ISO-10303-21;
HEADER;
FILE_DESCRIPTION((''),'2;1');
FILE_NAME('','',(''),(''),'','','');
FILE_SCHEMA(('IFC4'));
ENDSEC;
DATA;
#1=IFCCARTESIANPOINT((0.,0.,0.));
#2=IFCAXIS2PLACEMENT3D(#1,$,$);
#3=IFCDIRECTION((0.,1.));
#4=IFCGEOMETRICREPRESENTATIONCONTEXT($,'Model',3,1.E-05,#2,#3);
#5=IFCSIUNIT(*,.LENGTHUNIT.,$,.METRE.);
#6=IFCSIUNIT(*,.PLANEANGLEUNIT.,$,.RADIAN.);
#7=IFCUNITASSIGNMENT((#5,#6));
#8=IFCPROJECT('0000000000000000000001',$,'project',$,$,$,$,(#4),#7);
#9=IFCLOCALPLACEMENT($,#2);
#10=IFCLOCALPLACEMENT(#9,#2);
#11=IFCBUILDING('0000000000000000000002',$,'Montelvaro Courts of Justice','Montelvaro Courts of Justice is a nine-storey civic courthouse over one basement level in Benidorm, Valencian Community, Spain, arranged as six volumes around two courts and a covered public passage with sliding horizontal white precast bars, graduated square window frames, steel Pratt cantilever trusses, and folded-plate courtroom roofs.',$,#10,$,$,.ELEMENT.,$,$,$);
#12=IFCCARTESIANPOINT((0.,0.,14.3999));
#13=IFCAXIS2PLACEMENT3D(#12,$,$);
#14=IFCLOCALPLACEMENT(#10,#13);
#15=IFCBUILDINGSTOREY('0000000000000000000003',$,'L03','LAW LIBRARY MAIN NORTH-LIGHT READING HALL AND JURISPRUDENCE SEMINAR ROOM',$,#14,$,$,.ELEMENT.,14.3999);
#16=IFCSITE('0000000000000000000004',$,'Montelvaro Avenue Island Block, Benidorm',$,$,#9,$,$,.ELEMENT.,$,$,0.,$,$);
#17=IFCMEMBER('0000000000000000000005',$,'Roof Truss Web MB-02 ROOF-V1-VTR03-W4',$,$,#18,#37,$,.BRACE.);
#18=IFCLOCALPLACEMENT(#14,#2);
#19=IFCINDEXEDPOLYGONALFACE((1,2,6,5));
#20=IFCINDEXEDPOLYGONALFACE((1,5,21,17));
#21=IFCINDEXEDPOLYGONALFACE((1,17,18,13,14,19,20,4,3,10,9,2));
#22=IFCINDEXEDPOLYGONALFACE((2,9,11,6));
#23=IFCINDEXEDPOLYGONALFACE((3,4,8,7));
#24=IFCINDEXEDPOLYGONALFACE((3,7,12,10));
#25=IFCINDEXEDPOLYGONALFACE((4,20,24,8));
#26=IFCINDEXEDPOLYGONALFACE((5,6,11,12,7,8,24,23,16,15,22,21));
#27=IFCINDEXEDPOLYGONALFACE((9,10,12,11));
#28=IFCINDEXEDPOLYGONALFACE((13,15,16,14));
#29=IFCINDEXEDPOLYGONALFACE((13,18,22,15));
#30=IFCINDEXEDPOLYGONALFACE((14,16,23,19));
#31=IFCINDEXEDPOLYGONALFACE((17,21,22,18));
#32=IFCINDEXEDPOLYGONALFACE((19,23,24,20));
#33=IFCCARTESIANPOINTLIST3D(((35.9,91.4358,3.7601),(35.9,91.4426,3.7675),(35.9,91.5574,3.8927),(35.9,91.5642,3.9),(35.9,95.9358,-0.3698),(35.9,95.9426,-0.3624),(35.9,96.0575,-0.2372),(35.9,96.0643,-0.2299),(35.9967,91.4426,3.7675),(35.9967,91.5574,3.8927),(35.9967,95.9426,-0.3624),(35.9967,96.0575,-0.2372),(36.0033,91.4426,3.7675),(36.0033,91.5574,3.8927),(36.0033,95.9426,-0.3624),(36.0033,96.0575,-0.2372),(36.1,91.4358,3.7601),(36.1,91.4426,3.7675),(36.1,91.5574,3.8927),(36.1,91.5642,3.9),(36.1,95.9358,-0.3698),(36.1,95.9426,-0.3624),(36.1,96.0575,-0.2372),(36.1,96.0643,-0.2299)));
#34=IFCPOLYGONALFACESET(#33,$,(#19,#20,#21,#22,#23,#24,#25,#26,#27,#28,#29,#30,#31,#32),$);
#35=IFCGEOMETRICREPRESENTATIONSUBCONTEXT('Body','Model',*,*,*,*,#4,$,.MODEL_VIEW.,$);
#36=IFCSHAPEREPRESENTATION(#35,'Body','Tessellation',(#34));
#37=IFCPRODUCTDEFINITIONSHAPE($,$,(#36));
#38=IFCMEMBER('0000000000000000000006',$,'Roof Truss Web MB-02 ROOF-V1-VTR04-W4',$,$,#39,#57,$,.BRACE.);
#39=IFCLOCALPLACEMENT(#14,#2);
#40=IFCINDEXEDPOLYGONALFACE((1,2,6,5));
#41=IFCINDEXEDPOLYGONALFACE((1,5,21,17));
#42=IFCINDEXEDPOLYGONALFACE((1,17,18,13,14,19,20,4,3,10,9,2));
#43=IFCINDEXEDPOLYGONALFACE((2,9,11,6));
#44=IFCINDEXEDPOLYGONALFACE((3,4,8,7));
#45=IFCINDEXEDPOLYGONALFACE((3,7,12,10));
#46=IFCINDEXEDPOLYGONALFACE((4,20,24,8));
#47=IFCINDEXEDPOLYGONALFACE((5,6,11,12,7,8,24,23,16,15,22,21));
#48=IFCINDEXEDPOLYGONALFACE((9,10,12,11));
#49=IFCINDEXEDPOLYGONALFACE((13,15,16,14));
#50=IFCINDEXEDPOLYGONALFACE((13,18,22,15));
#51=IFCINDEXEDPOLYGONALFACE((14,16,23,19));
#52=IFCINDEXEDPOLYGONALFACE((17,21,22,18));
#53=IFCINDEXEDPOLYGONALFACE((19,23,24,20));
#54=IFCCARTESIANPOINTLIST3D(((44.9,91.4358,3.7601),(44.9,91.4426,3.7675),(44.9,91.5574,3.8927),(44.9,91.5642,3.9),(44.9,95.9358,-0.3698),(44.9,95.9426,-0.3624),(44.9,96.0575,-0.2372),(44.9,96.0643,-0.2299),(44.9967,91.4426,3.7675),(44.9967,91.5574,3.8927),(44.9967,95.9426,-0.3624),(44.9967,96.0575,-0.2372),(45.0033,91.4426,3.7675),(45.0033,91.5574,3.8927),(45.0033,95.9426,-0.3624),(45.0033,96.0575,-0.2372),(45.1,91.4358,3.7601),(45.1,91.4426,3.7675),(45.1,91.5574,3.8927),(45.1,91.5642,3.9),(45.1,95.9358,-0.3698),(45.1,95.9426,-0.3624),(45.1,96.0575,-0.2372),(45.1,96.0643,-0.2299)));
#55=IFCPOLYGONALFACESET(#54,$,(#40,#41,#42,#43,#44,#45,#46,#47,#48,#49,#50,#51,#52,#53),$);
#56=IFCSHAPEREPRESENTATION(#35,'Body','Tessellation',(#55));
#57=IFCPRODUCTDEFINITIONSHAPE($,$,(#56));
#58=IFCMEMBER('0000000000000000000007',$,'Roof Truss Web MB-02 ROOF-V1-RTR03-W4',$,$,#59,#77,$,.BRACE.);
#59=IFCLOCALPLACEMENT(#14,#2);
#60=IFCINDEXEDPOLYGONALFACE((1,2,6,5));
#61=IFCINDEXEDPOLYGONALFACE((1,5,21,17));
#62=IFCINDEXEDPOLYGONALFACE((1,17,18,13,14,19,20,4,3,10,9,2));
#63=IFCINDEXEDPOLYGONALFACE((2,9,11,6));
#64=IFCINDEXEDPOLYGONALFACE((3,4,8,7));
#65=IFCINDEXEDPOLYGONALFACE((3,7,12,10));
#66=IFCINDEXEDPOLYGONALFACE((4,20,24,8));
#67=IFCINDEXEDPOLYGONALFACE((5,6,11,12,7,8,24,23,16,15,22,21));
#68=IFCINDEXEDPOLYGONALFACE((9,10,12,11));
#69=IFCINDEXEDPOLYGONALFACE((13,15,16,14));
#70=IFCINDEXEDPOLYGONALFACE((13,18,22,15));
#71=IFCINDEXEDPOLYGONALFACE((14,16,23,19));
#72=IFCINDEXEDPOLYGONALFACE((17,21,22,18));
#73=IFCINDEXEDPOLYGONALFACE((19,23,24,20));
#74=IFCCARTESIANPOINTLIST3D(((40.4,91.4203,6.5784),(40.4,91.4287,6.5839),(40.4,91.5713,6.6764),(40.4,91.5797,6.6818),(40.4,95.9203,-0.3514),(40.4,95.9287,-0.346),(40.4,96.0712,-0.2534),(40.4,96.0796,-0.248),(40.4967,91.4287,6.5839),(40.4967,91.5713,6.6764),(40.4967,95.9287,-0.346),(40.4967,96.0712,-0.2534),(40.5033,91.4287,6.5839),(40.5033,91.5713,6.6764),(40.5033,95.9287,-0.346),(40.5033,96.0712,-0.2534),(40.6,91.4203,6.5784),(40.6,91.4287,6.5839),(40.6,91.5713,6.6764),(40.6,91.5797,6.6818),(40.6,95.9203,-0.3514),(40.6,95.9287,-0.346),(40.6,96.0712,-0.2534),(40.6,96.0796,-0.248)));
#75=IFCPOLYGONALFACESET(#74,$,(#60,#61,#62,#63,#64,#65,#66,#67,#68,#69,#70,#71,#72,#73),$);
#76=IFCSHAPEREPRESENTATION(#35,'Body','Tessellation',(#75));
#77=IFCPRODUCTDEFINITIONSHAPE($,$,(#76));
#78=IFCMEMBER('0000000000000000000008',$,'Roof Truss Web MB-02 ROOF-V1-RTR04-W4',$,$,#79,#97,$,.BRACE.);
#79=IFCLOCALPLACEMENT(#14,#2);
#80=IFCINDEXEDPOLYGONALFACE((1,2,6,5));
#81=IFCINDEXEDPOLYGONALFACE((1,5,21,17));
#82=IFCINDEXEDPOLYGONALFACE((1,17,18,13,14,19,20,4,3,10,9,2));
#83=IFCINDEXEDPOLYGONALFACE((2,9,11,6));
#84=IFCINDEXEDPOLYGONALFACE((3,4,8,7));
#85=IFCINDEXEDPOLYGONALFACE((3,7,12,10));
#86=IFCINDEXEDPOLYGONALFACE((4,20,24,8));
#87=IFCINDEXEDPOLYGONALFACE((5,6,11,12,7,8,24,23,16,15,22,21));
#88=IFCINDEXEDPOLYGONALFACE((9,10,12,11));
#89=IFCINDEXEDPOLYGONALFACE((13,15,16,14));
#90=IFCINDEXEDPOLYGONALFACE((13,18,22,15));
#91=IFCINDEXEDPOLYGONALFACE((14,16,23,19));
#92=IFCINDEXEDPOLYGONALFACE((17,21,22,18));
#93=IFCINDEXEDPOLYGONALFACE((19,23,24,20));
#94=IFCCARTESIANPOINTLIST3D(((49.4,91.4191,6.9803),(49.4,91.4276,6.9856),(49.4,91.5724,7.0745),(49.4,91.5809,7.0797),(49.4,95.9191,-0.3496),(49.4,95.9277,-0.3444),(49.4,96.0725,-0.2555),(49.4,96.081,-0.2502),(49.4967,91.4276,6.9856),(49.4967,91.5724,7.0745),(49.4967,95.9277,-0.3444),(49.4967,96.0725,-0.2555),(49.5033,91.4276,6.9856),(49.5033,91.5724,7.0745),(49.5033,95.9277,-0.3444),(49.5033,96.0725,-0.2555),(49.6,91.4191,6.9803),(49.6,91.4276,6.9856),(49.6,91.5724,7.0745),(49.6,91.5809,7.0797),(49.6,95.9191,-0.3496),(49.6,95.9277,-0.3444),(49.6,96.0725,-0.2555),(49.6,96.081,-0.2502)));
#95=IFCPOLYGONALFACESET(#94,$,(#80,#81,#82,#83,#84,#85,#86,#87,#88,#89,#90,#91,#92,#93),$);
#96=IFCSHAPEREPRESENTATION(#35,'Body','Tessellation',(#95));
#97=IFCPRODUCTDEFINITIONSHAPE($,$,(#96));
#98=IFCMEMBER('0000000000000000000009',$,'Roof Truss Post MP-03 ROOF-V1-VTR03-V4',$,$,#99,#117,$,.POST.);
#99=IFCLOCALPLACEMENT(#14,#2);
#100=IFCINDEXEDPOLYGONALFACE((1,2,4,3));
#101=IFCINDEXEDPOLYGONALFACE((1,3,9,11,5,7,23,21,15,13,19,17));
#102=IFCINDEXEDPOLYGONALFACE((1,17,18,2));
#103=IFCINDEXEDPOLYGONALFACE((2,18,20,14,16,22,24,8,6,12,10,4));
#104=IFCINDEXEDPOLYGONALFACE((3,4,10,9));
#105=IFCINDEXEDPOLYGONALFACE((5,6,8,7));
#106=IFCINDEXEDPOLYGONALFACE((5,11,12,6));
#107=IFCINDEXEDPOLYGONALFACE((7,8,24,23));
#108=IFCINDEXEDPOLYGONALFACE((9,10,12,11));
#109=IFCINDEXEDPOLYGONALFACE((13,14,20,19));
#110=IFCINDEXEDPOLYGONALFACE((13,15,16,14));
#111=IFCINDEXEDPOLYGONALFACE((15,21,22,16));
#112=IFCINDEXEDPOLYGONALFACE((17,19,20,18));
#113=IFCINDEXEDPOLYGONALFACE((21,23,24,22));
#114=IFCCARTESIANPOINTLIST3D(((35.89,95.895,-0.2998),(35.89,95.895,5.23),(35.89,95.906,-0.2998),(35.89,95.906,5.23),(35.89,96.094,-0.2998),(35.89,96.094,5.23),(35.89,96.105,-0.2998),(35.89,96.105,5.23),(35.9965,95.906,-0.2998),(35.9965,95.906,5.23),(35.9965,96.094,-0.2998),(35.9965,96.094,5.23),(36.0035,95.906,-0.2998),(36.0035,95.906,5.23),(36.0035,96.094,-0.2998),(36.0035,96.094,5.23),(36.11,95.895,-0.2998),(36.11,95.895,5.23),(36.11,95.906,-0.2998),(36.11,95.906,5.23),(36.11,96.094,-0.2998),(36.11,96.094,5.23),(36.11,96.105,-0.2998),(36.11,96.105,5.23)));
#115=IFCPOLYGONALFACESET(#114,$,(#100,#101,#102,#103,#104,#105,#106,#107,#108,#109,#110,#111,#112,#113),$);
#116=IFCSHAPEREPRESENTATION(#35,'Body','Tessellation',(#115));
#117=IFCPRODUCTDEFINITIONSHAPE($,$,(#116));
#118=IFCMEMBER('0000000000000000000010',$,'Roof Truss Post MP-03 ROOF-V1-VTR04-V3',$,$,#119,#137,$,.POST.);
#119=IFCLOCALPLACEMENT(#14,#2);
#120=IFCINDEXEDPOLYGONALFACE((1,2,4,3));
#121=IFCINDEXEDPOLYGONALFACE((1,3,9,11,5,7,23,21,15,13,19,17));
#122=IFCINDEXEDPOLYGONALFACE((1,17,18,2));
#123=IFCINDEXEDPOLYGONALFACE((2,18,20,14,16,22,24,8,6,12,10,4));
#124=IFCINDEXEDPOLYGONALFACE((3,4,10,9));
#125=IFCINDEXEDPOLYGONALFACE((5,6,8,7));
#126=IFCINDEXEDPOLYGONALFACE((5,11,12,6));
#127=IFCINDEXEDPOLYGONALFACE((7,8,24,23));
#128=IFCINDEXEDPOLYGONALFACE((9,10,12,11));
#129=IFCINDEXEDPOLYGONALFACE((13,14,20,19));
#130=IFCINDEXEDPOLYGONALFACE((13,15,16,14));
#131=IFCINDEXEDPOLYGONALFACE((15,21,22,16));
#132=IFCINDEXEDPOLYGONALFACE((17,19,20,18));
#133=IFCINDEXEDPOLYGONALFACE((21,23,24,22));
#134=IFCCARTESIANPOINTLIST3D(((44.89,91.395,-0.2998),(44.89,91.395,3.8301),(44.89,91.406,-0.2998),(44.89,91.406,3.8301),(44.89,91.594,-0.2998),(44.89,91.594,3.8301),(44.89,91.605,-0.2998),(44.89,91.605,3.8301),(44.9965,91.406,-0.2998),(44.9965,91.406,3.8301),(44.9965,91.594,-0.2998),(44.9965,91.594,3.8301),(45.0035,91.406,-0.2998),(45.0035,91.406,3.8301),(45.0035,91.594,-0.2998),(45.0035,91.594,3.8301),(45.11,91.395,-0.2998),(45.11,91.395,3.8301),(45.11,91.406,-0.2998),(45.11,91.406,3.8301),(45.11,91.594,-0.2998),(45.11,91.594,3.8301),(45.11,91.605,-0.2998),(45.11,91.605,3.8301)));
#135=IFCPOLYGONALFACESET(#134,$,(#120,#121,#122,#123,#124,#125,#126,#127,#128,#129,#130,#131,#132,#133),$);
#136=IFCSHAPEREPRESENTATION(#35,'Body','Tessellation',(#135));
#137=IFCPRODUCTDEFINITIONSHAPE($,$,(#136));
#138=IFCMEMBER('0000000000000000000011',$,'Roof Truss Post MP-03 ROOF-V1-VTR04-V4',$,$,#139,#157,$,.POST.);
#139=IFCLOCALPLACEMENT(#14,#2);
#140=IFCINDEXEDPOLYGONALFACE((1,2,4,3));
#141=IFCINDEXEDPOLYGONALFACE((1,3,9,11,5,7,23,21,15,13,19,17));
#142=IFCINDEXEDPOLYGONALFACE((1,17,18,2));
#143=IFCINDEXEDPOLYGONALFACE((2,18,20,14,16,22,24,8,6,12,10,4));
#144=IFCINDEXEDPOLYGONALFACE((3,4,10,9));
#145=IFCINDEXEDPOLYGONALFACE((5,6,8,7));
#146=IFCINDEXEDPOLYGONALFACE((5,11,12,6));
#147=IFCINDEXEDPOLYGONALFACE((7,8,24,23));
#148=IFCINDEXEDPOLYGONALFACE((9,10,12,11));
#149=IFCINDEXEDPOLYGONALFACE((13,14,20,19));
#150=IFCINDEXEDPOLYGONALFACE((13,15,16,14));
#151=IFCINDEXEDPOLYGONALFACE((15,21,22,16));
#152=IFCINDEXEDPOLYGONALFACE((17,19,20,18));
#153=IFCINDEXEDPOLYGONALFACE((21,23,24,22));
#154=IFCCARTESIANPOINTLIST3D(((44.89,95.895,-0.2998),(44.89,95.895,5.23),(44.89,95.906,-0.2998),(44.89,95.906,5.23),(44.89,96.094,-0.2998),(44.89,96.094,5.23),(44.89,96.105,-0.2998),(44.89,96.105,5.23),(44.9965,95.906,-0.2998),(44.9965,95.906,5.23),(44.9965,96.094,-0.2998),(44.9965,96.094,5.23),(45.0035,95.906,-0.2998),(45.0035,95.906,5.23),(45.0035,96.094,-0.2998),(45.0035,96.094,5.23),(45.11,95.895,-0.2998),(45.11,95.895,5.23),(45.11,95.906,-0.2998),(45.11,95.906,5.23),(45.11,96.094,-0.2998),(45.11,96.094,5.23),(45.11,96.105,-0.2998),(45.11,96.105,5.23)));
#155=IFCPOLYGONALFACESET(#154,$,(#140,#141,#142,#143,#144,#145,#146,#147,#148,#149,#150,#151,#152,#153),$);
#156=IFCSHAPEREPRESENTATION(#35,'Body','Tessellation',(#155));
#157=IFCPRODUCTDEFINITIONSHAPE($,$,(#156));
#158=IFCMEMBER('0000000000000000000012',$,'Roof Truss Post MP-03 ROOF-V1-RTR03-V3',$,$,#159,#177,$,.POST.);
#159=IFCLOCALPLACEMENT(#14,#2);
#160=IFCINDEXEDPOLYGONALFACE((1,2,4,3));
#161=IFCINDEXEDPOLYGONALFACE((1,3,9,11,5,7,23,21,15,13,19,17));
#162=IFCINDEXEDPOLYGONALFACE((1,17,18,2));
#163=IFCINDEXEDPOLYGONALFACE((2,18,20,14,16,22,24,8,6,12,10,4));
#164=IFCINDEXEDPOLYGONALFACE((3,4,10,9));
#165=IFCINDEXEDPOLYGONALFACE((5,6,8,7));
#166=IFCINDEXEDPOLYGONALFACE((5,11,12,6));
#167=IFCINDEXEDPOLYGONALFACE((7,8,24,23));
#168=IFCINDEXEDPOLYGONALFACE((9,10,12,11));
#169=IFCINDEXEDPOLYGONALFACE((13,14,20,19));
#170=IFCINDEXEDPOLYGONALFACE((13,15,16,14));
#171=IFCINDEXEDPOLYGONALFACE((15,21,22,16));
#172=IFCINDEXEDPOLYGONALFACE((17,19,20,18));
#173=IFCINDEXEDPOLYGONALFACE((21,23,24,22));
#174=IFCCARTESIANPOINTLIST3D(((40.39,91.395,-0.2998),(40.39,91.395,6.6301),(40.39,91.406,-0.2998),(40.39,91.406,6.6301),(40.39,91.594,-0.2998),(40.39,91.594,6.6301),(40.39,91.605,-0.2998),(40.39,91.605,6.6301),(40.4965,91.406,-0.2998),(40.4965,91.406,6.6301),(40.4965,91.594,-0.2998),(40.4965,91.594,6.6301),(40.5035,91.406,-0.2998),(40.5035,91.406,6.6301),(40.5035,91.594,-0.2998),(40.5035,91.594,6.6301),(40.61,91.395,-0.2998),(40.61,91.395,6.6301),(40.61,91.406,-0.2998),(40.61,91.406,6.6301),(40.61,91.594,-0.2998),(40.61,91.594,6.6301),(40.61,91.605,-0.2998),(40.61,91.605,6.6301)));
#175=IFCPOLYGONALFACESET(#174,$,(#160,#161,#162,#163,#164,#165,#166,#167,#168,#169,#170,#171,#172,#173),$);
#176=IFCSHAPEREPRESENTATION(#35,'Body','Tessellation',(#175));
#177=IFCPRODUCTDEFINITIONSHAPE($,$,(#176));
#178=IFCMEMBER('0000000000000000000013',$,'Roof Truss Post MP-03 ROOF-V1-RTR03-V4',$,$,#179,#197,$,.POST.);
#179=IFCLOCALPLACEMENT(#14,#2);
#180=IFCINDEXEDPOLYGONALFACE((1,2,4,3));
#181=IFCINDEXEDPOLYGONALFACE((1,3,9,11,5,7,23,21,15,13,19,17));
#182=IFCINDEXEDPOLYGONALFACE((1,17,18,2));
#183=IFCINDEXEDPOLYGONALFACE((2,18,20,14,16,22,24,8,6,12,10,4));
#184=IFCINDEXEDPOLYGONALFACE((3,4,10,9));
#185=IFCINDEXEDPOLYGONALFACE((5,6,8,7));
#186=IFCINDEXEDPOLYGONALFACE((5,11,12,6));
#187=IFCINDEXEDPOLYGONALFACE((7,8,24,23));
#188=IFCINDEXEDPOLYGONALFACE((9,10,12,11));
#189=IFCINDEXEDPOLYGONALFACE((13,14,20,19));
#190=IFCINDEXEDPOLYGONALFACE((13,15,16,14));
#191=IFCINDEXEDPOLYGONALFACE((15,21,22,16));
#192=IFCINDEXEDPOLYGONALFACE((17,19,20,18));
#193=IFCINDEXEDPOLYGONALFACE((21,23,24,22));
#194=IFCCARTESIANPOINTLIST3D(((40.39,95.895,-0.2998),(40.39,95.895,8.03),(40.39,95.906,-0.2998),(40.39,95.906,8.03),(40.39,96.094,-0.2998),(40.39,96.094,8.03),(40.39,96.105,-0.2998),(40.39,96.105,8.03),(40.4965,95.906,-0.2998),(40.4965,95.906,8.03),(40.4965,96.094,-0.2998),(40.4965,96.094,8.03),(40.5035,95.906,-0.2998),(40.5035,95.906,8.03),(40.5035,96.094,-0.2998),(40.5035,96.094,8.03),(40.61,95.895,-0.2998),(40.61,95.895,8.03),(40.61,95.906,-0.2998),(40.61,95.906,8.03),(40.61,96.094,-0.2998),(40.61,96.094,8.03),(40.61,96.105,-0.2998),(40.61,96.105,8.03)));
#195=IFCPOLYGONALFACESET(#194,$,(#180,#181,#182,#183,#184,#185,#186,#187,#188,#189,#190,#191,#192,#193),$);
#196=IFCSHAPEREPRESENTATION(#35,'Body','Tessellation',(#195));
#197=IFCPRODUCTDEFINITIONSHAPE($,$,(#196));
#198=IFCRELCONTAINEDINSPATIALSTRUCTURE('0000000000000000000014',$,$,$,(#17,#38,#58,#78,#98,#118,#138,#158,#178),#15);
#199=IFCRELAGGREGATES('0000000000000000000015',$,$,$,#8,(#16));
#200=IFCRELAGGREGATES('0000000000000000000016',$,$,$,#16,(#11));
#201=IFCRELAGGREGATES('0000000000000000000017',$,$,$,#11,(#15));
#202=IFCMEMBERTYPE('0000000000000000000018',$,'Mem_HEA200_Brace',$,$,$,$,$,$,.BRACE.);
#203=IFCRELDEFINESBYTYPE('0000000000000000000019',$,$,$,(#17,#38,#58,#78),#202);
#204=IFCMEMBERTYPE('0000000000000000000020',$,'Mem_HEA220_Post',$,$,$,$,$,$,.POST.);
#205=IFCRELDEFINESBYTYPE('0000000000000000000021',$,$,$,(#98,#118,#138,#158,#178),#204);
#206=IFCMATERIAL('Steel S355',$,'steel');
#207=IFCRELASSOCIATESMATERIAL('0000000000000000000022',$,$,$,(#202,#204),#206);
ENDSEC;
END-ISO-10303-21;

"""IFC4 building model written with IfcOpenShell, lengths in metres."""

from ifc_helpers import new_model, si_unit, direction, frame, origin, origin_2d, place, context, subcontext, project, spatial, i_section, extrude, material, material_profile, profile_set, type_object, element, save


model = new_model("IFC4")

# Units and contexts
model_context = context("Model", 3, precision=1e-05, world=origin(), true_north=direction((0.0, 1.0)))
body_context = subcontext(model_context, "Body", "Model", "MODEL_VIEW")
ifc_project = project(units=[si_unit("LENGTHUNIT", "METRE"), si_unit("PLANEANGLEUNIT", "RADIAN")], contexts=[model_context])

# Site, building, storey
site_placement = place(None, origin())
site = spatial("IfcSite", under=ifc_project, at=site_placement, Name="Montelvaro Avenue Island Block, Benidorm", CompositionType="ELEMENT", RefElevation=0.0)
building_placement = place(site_placement, origin())
building = spatial("IfcBuilding", under=site, at=building_placement, Name="Montelvaro Courts of Justice", Description="Montelvaro Courts of Justice is a nine-storey civic courthouse over one basement level in Benidorm, Valencian Community, Spain, arranged as six volumes around two courts and a covered public passage with sliding horizontal white precast bars, graduated square window frames, steel Pratt cantilever trusses, and folded-plate courtroom roofs.", CompositionType="ELEMENT")
storey_placement = place(building_placement, frame((0.0, 0.0, 14.3999)))
storey = spatial("IfcBuildingStorey", under=building, at=storey_placement, Name="L03", Description="LAW LIBRARY MAIN NORTH-LIGHT READING HALL AND JURISPRUDENCE SEMINAR ROOM", CompositionType="ELEMENT", Elevation=14.3999)

# Members
ifc_material_1 = material(Name="Steel S355", Category="steel")
ifc_material_profile_1 = material_profile(ifc_material_1, i_section(OverallWidth=0.2, OverallDepth=0.1899, WebThickness=0.0066, FlangeThickness=0.01, at=origin_2d()), Name="HEA 200")
ifc_profile_set_1 = profile_set([ifc_material_profile_1], Name="Steel S355")
member_type_1 = type_object("IfcMemberType", Name="Mem_HEA200_Brace", PredefinedType="BRACE", material=ifc_profile_set_1)
for number, where, z_axis, x_axis, name in (
    (1, (36.0, 91.5, 3.8301), (0.0, 0.736756, -0.676159), (-1.0, 0.0, 0.0), "Roof Truss Web MB-02 ROOF-V1-VTR03-W4"),
    (2, (45.0, 91.5, 3.8301), (0.0, 0.736756, -0.676159), (-1.0, 0.0, 0.0), "Roof Truss Web MB-02 ROOF-V1-VTR04-W4"),
):
    element("IfcMember", number, at=place(storey_placement, frame(where, z_axis=z_axis, x_axis=x_axis)), inside=storey, type_object=member_type_1, Name=name, PredefinedType="BRACE", context=body_context, shape_type="SweptSolid", body=[
        extrude(i_section(OverallWidth=0.2, OverallDepth=0.1899, WebThickness=0.0066, FlangeThickness=0.01, at=origin_2d()), origin(), (0.0, 0.0, 1.0), 6.1079),
    ])
member_1_placement = place(storey_placement, frame((40.5, 91.5, 6.6301), z_axis=(0.0, 0.544609, -0.83869), x_axis=(-1.0, 0.0, 0.0)))
element("IfcMember", 3, at=member_1_placement, inside=storey, type_object=member_type_1, Name="Roof Truss Web MB-02 ROOF-V1-RTR03-W4", PredefinedType="BRACE", context=body_context, shape_type="SweptSolid", body=[
    extrude(i_section(OverallWidth=0.2, OverallDepth=0.1899, WebThickness=0.0066, FlangeThickness=0.01, at=origin_2d()), origin(), (0.0, 0.0, 1.0), 8.2627),
])
member_2_placement = place(storey_placement, frame((49.5, 91.5, 7.03), z_axis=(0.0, 0.523198, -0.852211), x_axis=(-1.0, 0.0, 0.0)))
element("IfcMember", 4, at=member_2_placement, inside=storey, type_object=member_type_1, Name="Roof Truss Web MB-02 ROOF-V1-RTR04-W4", PredefinedType="BRACE", context=body_context, shape_type="SweptSolid", body=[
    extrude(i_section(OverallWidth=0.2, OverallDepth=0.1899, WebThickness=0.0066, FlangeThickness=0.01, at=origin_2d()), origin(), (0.0, 0.0, 1.0), 8.6011),
])
ifc_material_profile_2 = material_profile(ifc_material_1, i_section(OverallWidth=0.22, OverallDepth=0.21, WebThickness=0.0071, FlangeThickness=0.011, at=origin_2d()), Name="HEA 220")
ifc_profile_set_2 = profile_set([ifc_material_profile_2], Name="Steel S355")
member_type_2 = type_object("IfcMemberType", Name="Mem_HEA220_Post", PredefinedType="POST", material=ifc_profile_set_2)
member_3_placement = place(storey_placement, frame((36.0, 96.0, -0.2998), z_axis=(0.0, 0.0, 1.0), x_axis=(1.0, 0.0, 0.0)))
element("IfcMember", 5, at=member_3_placement, inside=storey, type_object=member_type_2, Name="Roof Truss Post MP-03 ROOF-V1-VTR03-V4", PredefinedType="POST", context=body_context, shape_type="SweptSolid", body=[
    extrude(i_section(OverallWidth=0.22, OverallDepth=0.21, WebThickness=0.0071, FlangeThickness=0.011, at=origin_2d()), origin(), (0.0, 0.0, 1.0), 5.5298),
])
member_4_placement = place(storey_placement, frame((45.0, 91.5, -0.2998), z_axis=(0.0, 0.0, 1.0), x_axis=(1.0, 0.0, 0.0)))
element("IfcMember", 6, at=member_4_placement, inside=storey, type_object=member_type_2, Name="Roof Truss Post MP-03 ROOF-V1-VTR04-V3", PredefinedType="POST", context=body_context, shape_type="SweptSolid", body=[
    extrude(i_section(OverallWidth=0.22, OverallDepth=0.21, WebThickness=0.0071, FlangeThickness=0.011, at=origin_2d()), origin(), (0.0, 0.0, 1.0), 4.1299),
])
member_5_placement = place(storey_placement, frame((45.0, 96.0, -0.2998), z_axis=(0.0, 0.0, 1.0), x_axis=(1.0, 0.0, 0.0)))
element("IfcMember", 7, at=member_5_placement, inside=storey, type_object=member_type_2, Name="Roof Truss Post MP-03 ROOF-V1-VTR04-V4", PredefinedType="POST", context=body_context, shape_type="SweptSolid", body=[
    extrude(i_section(OverallWidth=0.22, OverallDepth=0.21, WebThickness=0.0071, FlangeThickness=0.011, at=origin_2d()), origin(), (0.0, 0.0, 1.0), 5.5298),
])
member_6_placement = place(storey_placement, frame((40.5, 91.5, -0.2998), z_axis=(0.0, 0.0, 1.0), x_axis=(1.0, 0.0, 0.0)))
element("IfcMember", 8, at=member_6_placement, inside=storey, type_object=member_type_2, Name="Roof Truss Post MP-03 ROOF-V1-RTR03-V3", PredefinedType="POST", context=body_context, shape_type="SweptSolid", body=[
    extrude(i_section(OverallWidth=0.22, OverallDepth=0.21, WebThickness=0.0071, FlangeThickness=0.011, at=origin_2d()), origin(), (0.0, 0.0, 1.0), 6.9299),
])
member_7_placement = place(storey_placement, frame((40.5, 96.0, -0.2998), z_axis=(0.0, 0.0, 1.0), x_axis=(1.0, 0.0, 0.0)))
element("IfcMember", 9, at=member_7_placement, inside=storey, type_object=member_type_2, Name="Roof Truss Post MP-03 ROOF-V1-RTR03-V4", PredefinedType="POST", context=body_context, shape_type="SweptSolid", body=[
    extrude(i_section(OverallWidth=0.22, OverallDepth=0.21, WebThickness=0.0071, FlangeThickness=0.011, at=origin_2d()), origin(), (0.0, 0.0, 1.0), 8.3298),
])

save(model, "model.ifc")
